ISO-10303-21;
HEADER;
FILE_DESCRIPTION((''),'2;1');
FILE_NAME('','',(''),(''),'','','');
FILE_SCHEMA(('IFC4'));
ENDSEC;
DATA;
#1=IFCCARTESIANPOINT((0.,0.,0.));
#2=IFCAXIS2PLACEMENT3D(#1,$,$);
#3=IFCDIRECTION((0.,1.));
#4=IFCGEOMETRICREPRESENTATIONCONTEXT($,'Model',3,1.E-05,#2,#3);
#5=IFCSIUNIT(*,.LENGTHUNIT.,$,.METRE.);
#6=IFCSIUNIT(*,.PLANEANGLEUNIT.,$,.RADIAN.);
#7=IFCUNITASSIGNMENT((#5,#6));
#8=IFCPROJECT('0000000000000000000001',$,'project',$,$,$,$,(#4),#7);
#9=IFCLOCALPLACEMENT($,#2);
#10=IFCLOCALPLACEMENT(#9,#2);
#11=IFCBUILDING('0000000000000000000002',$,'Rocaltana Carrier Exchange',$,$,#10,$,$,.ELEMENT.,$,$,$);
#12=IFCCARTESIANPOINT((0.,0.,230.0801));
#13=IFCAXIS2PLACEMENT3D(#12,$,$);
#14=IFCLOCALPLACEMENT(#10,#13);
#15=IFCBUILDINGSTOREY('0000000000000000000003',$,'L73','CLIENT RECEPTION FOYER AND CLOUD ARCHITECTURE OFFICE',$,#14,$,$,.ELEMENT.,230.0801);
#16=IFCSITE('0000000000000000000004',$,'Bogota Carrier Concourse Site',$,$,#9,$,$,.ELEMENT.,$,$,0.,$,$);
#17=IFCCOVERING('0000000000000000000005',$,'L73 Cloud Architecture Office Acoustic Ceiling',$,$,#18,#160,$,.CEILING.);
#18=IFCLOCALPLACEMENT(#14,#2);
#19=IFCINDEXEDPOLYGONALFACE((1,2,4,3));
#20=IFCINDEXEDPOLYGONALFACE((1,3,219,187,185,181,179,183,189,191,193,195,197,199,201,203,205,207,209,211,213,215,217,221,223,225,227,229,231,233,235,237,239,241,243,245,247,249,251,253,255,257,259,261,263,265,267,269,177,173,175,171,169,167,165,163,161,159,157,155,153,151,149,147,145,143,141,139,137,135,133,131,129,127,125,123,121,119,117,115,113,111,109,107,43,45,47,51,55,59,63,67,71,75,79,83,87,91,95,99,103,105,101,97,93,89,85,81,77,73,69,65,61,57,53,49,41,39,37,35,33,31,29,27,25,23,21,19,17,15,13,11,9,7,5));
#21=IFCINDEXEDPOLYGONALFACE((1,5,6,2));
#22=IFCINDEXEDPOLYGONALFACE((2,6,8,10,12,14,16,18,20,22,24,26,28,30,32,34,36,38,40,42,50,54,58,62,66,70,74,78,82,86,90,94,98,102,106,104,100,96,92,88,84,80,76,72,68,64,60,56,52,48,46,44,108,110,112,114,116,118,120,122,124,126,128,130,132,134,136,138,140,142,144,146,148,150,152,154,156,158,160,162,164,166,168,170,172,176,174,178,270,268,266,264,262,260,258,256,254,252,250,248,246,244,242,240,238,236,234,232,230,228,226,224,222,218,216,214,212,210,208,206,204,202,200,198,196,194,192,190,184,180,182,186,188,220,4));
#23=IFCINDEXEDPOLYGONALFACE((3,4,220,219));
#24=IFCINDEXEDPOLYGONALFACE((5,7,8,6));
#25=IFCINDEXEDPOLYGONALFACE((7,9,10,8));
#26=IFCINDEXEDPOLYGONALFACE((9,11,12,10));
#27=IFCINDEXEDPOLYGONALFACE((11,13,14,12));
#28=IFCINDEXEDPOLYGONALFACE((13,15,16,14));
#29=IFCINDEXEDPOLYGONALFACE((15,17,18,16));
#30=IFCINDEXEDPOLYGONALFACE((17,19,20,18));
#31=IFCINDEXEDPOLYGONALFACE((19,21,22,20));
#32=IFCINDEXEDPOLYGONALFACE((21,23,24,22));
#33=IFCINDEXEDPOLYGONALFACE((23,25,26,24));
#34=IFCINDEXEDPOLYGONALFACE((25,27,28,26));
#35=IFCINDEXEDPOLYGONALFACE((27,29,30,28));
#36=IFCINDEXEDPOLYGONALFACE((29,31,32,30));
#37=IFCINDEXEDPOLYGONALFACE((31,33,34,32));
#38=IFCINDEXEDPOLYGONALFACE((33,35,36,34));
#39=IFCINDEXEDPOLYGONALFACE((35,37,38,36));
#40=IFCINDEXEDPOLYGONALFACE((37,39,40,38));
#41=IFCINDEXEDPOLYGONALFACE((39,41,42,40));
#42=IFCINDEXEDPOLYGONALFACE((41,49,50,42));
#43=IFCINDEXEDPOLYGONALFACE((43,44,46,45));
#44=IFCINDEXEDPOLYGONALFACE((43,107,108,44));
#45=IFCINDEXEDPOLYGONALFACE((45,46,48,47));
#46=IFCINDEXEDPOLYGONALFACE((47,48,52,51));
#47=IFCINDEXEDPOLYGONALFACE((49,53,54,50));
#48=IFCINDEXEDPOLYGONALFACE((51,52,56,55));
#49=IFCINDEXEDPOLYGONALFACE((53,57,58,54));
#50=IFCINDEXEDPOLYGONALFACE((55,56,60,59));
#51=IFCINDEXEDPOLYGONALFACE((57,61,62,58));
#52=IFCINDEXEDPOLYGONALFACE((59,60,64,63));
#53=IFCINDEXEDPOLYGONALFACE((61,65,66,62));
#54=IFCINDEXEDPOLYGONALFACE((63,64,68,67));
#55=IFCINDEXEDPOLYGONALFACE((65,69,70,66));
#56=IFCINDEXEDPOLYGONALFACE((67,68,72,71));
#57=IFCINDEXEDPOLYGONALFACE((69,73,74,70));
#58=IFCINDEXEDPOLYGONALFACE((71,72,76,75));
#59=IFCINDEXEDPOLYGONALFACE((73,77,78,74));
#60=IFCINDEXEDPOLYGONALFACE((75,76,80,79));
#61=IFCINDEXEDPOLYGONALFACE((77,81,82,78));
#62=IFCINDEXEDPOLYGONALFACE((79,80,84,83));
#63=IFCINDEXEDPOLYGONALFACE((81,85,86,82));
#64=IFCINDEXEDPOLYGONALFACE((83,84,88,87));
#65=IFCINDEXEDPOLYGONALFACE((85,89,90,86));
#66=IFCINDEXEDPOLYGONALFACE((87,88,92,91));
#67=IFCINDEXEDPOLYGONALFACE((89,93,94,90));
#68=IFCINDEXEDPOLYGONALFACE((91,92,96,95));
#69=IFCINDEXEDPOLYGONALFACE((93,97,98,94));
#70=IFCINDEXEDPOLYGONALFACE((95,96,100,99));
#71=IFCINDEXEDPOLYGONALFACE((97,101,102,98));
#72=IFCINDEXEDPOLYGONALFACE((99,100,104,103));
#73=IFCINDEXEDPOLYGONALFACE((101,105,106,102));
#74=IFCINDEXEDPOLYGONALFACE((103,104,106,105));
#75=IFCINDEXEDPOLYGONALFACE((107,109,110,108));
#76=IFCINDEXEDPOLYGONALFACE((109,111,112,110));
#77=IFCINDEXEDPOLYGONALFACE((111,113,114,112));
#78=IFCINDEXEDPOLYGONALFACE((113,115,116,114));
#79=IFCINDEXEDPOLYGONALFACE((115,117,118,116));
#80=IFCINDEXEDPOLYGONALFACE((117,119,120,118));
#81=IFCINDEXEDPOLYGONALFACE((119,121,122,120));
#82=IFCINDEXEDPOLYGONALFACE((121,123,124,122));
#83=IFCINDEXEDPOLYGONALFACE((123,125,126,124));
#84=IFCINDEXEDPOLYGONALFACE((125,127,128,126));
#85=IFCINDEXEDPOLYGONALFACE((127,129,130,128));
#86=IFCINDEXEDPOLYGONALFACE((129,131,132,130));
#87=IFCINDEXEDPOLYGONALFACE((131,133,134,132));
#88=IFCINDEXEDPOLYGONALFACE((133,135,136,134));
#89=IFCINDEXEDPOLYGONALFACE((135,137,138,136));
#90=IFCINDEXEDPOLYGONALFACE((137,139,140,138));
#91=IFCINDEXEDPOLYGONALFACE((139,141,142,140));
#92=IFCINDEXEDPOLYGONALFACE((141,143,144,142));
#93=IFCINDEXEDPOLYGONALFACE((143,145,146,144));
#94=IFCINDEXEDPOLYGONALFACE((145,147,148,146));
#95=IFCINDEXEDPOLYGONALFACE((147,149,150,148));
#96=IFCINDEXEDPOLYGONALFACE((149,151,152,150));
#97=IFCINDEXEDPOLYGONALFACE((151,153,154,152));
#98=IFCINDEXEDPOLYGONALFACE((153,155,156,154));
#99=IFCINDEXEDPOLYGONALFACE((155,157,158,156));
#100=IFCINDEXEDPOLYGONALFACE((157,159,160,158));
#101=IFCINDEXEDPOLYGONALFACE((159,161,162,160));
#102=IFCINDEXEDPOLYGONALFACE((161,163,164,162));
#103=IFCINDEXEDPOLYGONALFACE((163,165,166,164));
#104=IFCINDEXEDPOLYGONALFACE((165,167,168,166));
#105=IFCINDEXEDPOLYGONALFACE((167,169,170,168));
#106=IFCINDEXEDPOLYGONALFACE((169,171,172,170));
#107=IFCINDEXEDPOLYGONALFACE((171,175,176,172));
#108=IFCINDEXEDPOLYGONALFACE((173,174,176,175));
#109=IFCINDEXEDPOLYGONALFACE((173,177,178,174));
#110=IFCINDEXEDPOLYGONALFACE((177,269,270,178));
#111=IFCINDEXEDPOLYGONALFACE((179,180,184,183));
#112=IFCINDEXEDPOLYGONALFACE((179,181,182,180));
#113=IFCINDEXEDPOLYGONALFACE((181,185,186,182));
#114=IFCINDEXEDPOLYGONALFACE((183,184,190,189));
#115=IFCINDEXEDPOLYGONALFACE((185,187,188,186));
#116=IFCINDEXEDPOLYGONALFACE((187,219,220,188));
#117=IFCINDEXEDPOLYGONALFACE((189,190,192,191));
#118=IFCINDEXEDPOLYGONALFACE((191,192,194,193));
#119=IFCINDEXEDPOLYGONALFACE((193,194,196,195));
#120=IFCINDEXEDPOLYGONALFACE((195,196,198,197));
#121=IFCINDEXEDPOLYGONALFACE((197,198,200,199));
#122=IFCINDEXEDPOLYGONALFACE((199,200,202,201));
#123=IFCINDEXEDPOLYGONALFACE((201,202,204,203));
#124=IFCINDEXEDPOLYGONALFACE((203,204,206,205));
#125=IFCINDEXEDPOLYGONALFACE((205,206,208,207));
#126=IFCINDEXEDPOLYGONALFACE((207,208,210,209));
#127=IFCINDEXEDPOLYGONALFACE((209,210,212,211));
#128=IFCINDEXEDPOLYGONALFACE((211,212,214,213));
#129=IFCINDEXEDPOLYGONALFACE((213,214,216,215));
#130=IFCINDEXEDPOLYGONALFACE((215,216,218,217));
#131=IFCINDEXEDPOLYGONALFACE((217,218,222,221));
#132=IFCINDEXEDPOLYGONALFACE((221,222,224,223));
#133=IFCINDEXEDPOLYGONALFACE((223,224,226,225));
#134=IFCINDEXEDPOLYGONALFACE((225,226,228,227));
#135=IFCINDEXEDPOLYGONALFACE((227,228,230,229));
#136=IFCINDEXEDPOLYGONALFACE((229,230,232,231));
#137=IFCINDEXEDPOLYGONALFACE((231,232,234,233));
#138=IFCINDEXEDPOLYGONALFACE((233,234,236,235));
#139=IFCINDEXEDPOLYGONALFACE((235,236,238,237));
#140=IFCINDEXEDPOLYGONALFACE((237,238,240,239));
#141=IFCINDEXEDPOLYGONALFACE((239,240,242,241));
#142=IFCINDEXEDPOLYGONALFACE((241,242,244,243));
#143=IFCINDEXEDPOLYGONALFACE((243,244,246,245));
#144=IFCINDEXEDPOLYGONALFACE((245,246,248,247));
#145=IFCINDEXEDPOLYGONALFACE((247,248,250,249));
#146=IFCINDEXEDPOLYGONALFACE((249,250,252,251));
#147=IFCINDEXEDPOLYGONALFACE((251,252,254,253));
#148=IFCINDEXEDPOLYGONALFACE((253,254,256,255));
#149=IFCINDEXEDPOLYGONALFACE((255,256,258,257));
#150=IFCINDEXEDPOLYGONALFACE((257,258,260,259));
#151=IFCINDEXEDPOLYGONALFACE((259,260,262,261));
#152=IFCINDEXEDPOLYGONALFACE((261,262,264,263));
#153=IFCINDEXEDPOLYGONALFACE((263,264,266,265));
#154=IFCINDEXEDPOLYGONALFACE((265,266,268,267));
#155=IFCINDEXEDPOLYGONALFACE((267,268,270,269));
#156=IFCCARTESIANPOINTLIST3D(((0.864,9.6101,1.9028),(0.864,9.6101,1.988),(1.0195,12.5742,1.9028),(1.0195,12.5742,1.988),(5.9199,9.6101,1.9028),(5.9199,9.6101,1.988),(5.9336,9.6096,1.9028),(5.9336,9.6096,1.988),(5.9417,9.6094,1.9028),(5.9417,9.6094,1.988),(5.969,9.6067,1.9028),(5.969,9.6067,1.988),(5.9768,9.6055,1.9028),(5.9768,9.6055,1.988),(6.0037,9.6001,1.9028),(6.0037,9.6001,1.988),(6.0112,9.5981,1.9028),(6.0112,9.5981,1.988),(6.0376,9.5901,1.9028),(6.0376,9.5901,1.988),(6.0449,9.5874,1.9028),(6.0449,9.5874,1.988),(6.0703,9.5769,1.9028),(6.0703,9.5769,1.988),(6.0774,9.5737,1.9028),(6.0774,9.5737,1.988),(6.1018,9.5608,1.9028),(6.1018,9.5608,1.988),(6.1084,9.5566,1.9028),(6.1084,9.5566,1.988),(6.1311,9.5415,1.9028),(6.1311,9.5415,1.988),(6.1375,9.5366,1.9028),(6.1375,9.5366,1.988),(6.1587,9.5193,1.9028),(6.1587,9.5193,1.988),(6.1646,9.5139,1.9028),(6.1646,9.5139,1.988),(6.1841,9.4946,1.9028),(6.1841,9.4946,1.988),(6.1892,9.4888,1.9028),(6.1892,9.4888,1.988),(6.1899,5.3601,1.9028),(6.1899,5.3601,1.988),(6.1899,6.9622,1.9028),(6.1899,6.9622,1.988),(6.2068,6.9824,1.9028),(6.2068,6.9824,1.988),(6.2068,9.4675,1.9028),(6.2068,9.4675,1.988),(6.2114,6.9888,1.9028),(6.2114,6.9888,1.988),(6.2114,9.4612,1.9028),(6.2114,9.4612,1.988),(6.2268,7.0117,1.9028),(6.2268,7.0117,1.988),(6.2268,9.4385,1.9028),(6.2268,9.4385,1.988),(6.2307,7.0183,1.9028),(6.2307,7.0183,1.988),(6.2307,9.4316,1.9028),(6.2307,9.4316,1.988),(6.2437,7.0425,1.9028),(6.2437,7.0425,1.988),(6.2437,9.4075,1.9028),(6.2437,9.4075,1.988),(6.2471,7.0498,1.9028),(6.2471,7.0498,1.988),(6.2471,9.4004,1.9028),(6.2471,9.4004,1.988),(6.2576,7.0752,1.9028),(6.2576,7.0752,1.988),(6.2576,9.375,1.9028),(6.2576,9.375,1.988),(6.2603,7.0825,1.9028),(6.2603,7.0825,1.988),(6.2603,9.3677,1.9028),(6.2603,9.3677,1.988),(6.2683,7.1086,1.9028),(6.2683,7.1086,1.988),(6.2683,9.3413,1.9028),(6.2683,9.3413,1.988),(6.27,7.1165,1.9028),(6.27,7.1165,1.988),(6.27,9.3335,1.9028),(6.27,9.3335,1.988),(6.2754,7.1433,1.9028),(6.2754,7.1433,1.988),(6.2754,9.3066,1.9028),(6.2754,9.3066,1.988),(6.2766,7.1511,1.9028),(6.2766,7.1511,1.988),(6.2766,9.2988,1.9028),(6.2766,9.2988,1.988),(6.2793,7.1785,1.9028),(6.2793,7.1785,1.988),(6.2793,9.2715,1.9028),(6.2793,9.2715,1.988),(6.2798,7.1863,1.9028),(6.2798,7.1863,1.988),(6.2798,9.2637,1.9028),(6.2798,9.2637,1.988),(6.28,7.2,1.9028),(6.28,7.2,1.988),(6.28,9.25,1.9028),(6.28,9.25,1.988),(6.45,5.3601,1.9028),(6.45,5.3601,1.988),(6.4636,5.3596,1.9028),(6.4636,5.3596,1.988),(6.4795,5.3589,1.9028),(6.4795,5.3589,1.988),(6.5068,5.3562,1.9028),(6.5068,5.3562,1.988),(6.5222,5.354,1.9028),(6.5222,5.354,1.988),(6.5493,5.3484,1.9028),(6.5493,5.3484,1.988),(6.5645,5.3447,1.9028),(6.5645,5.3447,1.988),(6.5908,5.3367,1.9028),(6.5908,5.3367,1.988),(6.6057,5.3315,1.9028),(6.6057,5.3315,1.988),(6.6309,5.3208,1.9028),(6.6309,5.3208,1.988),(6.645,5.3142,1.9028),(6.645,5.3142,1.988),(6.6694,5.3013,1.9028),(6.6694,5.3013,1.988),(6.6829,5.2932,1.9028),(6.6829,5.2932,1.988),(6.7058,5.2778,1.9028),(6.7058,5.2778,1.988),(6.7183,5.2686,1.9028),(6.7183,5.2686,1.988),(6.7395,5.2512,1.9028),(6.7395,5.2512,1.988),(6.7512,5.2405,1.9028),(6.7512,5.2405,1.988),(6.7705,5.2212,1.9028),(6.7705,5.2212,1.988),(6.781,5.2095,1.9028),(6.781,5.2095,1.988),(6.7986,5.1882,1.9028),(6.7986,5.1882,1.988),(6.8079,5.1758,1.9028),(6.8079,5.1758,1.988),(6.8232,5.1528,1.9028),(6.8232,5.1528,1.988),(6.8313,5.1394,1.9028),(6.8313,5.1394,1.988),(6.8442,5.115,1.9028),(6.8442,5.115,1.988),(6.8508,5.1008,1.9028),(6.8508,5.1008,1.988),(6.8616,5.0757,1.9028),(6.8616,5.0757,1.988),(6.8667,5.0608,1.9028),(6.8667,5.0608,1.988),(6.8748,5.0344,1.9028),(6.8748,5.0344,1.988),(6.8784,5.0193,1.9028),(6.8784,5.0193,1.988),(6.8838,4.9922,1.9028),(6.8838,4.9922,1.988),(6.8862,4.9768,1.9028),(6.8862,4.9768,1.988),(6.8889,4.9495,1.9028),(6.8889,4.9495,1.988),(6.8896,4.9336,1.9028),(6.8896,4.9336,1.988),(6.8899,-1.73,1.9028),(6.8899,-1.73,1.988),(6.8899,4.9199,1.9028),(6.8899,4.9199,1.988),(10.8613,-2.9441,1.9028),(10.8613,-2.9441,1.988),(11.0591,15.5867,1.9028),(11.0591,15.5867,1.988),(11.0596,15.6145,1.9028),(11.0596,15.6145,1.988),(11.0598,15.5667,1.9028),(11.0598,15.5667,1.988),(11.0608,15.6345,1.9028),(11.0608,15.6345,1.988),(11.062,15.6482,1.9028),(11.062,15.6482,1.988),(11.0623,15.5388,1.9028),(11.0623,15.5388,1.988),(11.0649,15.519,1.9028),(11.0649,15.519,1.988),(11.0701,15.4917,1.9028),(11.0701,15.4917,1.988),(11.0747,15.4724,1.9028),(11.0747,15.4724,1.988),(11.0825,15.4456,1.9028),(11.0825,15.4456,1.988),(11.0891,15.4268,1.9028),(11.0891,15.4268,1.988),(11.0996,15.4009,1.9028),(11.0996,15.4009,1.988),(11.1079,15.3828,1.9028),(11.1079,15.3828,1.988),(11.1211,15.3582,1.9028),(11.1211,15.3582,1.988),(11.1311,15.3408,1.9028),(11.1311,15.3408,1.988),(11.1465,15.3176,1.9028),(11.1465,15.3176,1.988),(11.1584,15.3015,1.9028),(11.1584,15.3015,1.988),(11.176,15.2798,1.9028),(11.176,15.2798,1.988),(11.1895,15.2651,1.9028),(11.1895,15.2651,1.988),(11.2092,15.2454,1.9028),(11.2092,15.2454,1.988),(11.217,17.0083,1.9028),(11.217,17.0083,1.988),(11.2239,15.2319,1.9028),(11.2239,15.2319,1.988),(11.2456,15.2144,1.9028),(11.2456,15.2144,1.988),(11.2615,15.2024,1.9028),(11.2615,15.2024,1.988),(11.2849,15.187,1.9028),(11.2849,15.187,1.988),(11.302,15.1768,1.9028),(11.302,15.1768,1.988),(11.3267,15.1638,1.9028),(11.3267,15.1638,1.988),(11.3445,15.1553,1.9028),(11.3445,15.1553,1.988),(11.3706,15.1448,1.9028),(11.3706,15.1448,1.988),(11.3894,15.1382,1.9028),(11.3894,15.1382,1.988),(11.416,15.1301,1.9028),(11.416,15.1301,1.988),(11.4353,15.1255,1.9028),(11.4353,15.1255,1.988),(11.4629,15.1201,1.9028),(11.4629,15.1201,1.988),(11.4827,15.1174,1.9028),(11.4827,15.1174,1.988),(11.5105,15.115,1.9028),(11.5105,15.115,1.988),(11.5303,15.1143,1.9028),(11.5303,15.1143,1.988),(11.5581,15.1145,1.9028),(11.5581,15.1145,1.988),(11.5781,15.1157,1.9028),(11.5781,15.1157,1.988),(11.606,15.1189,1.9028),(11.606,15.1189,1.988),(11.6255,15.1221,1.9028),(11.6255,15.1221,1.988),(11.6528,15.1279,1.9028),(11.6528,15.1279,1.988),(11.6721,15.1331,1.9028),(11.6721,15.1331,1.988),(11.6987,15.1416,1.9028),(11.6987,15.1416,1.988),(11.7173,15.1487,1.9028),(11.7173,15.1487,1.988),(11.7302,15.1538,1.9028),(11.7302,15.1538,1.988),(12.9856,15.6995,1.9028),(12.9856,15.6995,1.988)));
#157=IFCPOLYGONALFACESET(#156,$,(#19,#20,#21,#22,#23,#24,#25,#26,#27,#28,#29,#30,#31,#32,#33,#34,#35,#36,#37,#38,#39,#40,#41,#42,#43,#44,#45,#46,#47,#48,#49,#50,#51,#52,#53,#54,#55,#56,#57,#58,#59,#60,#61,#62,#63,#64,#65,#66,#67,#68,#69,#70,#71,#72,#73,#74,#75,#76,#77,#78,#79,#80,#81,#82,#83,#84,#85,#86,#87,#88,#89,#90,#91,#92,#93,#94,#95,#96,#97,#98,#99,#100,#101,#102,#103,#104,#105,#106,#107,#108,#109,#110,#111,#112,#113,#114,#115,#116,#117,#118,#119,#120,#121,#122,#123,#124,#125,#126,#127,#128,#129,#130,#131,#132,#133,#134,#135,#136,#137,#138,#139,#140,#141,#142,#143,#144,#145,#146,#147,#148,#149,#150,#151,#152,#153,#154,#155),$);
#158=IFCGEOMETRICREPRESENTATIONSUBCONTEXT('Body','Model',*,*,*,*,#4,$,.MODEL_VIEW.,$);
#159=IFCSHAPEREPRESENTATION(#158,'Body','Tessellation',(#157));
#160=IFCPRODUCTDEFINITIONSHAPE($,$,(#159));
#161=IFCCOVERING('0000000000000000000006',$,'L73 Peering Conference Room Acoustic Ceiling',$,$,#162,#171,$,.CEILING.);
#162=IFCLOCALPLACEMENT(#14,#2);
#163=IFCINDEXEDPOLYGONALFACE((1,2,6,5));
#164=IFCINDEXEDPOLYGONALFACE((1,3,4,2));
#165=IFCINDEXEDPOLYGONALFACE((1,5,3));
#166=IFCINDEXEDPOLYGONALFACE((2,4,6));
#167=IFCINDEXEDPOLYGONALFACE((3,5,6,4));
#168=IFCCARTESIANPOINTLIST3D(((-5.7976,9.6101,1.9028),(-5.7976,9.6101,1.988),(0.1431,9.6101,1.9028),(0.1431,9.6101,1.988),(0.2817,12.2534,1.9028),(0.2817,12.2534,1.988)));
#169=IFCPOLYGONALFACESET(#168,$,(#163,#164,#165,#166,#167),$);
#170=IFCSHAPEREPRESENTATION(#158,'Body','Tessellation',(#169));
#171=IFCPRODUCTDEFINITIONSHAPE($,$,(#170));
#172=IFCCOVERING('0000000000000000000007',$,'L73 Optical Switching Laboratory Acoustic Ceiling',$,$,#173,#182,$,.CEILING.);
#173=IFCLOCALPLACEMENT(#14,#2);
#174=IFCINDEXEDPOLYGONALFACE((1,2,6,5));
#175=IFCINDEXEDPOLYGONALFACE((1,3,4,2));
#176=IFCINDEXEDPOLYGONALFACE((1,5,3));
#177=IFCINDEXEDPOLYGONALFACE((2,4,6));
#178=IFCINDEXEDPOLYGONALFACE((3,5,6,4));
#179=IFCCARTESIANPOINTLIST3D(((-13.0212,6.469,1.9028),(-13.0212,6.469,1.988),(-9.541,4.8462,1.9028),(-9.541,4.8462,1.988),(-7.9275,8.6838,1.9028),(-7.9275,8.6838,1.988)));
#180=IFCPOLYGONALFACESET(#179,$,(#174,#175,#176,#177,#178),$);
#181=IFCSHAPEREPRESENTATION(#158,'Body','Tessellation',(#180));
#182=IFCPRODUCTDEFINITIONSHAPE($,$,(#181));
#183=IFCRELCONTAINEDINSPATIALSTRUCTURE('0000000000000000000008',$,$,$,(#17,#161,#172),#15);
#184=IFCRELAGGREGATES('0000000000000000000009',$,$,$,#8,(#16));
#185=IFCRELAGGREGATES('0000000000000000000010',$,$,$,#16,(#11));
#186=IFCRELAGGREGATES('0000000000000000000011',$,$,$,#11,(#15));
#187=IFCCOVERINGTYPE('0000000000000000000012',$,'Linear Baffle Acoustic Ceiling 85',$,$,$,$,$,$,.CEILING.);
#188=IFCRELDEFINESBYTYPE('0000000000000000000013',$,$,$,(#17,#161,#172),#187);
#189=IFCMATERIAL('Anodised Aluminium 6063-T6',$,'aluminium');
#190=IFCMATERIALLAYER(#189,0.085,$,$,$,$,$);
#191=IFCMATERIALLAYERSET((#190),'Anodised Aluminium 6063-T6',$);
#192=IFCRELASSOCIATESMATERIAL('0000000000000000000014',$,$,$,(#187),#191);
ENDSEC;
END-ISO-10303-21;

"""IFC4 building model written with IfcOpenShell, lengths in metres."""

from ifc_helpers import new_model, si_unit, direction, frame, origin, place, context, subcontext, project, spatial, polyline, outline, extrude, material, layer, layer_set, type_object, element, save


model = new_model("IFC4")

# Units and contexts
model_context = context("Model", 3, precision=1e-05, world=origin(), true_north=direction((0.0, 1.0)))
body_context = subcontext(model_context, "Body", "Model", "MODEL_VIEW")
ifc_project = project(units=[si_unit("LENGTHUNIT", "METRE"), si_unit("PLANEANGLEUNIT", "RADIAN")], contexts=[model_context])

# Site, building, storey
site_placement = place(None, origin())
site = spatial("IfcSite", under=ifc_project, at=site_placement, Name="Bogota Carrier Concourse Site", CompositionType="ELEMENT", RefElevation=0.0)
building_placement = place(site_placement, origin())
building = spatial("IfcBuilding", under=site, at=building_placement, Name="Rocaltana Carrier Exchange", CompositionType="ELEMENT")
storey_placement = place(building_placement, frame((0.0, 0.0, 230.0801)))
storey = spatial("IfcBuildingStorey", under=building, at=storey_placement, Name="L73", Description="CLIENT RECEPTION FOYER AND CLOUD ARCHITECTURE OFFICE", CompositionType="ELEMENT", Elevation=230.0801)

# Coverings
ifc_material_1 = material(Name="Anodised Aluminium 6063-T6", Category="aluminium")
ifc_layer_1 = layer(ifc_material_1, 0.085)
ifc_layer_set_1 = layer_set([ifc_layer_1], Name="Anodised Aluminium 6063-T6")
covering_type_1 = type_object("IfcCoveringType", Name="Linear Baffle Acoustic Ceiling 85", PredefinedType="CEILING", material=ifc_layer_set_1)
covering_1_placement = place(storey_placement, frame((0.0, 0.0, 1.9028)))
element("IfcCovering", 1, at=covering_1_placement, inside=storey, type_object=covering_type_1, Name="L73 Cloud Architecture Office Acoustic Ceiling", PredefinedType="CEILING", context=body_context, shape_type="SweptSolid", body=[
    extrude(outline(polyline([(6.1899, 6.9622), (6.2068, 6.9824), (6.2114, 6.9888), (6.2268, 7.0117), (6.2307, 7.0183), (6.2437, 7.0425), (6.2471, 7.0498), (6.2576, 7.0752), (6.2603, 7.0825), (6.2683, 7.1086), (6.27, 7.1165), (6.2754, 7.1433), (6.2766, 7.1511), (6.2793, 7.1785), (6.2798, 7.1863), (6.28, 7.2), (6.28, 9.25), (6.2798, 9.2637), (6.2793, 9.2715), (6.2766, 9.2988), (6.2754, 9.3066), (6.27, 9.3335), (6.2683, 9.3413), (6.2603, 9.3677), (6.2576, 9.375), (6.2471, 9.4004), (6.2437, 9.4075), (6.2307, 9.4316), (6.2268, 9.4385), (6.2114, 9.4612), (6.2068, 9.4675), (6.1892, 9.4888), (6.1841, 9.4946), (6.1646, 9.5139), (6.1587, 9.5193), (6.1375, 9.5366), (6.1311, 9.5415), (6.1084, 9.5566), (6.1018, 9.5608), (6.0774, 9.5737), (6.0703, 9.5769), (6.0449, 9.5874), (6.0376, 9.5901), (6.0112, 9.5981), (6.0037, 9.6001), (5.9768, 9.6055), (5.969, 9.6067), (5.9417, 9.6094), (5.9336, 9.6096), (5.9199, 9.6101), (0.864, 9.6101), (1.0195, 12.5742), (11.217, 17.0083), (11.062, 15.6482), (11.0608, 15.6345), (11.0596, 15.6145), (11.0591, 15.5867), (11.0598, 15.5667), (11.0623, 15.5388), (11.0649, 15.519), (11.0701, 15.4917), (11.0747, 15.4724), (11.0825, 15.4456), (11.0891, 15.4268), (11.0996, 15.4009), (11.1079, 15.3828), (11.1211, 15.3582), (11.1311, 15.3408), (11.1465, 15.3176), (11.1584, 15.3015), (11.176, 15.2798), (11.1895, 15.2651), (11.2092, 15.2454), (11.2239, 15.2319), (11.2456, 15.2144), (11.2615, 15.2024), (11.2849, 15.187), (11.302, 15.1768), (11.3267, 15.1638), (11.3445, 15.1553), (11.3706, 15.1448), (11.3894, 15.1382), (11.416, 15.1301), (11.4353, 15.1255), (11.4629, 15.1201), (11.4827, 15.1174), (11.5105, 15.115), (11.5303, 15.1143), (11.5581, 15.1145), (11.5781, 15.1157), (11.606, 15.1189), (11.6255, 15.1221), (11.6528, 15.1279), (11.6721, 15.1331), (11.6987, 15.1416), (11.7173, 15.1487), (11.7302, 15.1538), (12.9856, 15.6995), (10.8613, -2.9441), (6.8899, -1.73), (6.8899, 4.9199), (6.8896, 4.9336), (6.8889, 4.9495), (6.8862, 4.9768), (6.8838, 4.9922), (6.8784, 5.0193), (6.8748, 5.0344), (6.8667, 5.0608), (6.8616, 5.0757), (6.8508, 5.1008), (6.8442, 5.115), (6.8313, 5.1394), (6.8232, 5.1528), (6.8079, 5.1758), (6.7986, 5.1882), (6.781, 5.2095), (6.7705, 5.2212), (6.7512, 5.2405), (6.7395, 5.2512), (6.7183, 5.2686), (6.7058, 5.2778), (6.6829, 5.2932), (6.6694, 5.3013), (6.645, 5.3142), (6.6309, 5.3208), (6.6057, 5.3315), (6.5908, 5.3367), (6.5645, 5.3447), (6.5493, 5.3484), (6.5222, 5.354), (6.5068, 5.3562), (6.4795, 5.3589), (6.4636, 5.3596), (6.45, 5.3601), (6.1899, 5.3601), (6.1899, 6.9622)])), origin(), (0.0, 0.0, 1.0), 0.0852),
])
covering_2_placement = place(storey_placement, frame((0.0, 0.0, 1.9028)))
element("IfcCovering", 2, at=covering_2_placement, inside=storey, type_object=covering_type_1, Name="L73 Peering Conference Room Acoustic Ceiling", PredefinedType="CEILING", context=body_context, shape_type="SweptSolid", body=[
    extrude(outline(polyline([(-5.7976, 9.6101), (0.2817, 12.2534), (0.1431, 9.6101), (-5.7976, 9.6101)])), origin(), (0.0, 0.0, 1.0), 0.0852),
])
covering_3_placement = place(storey_placement, frame((0.0, 0.0, 1.9028)))
element("IfcCovering", 3, at=covering_3_placement, inside=storey, type_object=covering_type_1, Name="L73 Optical Switching Laboratory Acoustic Ceiling", PredefinedType="CEILING", context=body_context, shape_type="SweptSolid", body=[
    extrude(outline(polyline([(-7.9275, 8.6838), (-9.541, 4.8462), (-13.0212, 6.469), (-7.9275, 8.6838)])), origin(), (0.0, 0.0, 1.0), 0.0852),
])

save(model, "model.ifc")
